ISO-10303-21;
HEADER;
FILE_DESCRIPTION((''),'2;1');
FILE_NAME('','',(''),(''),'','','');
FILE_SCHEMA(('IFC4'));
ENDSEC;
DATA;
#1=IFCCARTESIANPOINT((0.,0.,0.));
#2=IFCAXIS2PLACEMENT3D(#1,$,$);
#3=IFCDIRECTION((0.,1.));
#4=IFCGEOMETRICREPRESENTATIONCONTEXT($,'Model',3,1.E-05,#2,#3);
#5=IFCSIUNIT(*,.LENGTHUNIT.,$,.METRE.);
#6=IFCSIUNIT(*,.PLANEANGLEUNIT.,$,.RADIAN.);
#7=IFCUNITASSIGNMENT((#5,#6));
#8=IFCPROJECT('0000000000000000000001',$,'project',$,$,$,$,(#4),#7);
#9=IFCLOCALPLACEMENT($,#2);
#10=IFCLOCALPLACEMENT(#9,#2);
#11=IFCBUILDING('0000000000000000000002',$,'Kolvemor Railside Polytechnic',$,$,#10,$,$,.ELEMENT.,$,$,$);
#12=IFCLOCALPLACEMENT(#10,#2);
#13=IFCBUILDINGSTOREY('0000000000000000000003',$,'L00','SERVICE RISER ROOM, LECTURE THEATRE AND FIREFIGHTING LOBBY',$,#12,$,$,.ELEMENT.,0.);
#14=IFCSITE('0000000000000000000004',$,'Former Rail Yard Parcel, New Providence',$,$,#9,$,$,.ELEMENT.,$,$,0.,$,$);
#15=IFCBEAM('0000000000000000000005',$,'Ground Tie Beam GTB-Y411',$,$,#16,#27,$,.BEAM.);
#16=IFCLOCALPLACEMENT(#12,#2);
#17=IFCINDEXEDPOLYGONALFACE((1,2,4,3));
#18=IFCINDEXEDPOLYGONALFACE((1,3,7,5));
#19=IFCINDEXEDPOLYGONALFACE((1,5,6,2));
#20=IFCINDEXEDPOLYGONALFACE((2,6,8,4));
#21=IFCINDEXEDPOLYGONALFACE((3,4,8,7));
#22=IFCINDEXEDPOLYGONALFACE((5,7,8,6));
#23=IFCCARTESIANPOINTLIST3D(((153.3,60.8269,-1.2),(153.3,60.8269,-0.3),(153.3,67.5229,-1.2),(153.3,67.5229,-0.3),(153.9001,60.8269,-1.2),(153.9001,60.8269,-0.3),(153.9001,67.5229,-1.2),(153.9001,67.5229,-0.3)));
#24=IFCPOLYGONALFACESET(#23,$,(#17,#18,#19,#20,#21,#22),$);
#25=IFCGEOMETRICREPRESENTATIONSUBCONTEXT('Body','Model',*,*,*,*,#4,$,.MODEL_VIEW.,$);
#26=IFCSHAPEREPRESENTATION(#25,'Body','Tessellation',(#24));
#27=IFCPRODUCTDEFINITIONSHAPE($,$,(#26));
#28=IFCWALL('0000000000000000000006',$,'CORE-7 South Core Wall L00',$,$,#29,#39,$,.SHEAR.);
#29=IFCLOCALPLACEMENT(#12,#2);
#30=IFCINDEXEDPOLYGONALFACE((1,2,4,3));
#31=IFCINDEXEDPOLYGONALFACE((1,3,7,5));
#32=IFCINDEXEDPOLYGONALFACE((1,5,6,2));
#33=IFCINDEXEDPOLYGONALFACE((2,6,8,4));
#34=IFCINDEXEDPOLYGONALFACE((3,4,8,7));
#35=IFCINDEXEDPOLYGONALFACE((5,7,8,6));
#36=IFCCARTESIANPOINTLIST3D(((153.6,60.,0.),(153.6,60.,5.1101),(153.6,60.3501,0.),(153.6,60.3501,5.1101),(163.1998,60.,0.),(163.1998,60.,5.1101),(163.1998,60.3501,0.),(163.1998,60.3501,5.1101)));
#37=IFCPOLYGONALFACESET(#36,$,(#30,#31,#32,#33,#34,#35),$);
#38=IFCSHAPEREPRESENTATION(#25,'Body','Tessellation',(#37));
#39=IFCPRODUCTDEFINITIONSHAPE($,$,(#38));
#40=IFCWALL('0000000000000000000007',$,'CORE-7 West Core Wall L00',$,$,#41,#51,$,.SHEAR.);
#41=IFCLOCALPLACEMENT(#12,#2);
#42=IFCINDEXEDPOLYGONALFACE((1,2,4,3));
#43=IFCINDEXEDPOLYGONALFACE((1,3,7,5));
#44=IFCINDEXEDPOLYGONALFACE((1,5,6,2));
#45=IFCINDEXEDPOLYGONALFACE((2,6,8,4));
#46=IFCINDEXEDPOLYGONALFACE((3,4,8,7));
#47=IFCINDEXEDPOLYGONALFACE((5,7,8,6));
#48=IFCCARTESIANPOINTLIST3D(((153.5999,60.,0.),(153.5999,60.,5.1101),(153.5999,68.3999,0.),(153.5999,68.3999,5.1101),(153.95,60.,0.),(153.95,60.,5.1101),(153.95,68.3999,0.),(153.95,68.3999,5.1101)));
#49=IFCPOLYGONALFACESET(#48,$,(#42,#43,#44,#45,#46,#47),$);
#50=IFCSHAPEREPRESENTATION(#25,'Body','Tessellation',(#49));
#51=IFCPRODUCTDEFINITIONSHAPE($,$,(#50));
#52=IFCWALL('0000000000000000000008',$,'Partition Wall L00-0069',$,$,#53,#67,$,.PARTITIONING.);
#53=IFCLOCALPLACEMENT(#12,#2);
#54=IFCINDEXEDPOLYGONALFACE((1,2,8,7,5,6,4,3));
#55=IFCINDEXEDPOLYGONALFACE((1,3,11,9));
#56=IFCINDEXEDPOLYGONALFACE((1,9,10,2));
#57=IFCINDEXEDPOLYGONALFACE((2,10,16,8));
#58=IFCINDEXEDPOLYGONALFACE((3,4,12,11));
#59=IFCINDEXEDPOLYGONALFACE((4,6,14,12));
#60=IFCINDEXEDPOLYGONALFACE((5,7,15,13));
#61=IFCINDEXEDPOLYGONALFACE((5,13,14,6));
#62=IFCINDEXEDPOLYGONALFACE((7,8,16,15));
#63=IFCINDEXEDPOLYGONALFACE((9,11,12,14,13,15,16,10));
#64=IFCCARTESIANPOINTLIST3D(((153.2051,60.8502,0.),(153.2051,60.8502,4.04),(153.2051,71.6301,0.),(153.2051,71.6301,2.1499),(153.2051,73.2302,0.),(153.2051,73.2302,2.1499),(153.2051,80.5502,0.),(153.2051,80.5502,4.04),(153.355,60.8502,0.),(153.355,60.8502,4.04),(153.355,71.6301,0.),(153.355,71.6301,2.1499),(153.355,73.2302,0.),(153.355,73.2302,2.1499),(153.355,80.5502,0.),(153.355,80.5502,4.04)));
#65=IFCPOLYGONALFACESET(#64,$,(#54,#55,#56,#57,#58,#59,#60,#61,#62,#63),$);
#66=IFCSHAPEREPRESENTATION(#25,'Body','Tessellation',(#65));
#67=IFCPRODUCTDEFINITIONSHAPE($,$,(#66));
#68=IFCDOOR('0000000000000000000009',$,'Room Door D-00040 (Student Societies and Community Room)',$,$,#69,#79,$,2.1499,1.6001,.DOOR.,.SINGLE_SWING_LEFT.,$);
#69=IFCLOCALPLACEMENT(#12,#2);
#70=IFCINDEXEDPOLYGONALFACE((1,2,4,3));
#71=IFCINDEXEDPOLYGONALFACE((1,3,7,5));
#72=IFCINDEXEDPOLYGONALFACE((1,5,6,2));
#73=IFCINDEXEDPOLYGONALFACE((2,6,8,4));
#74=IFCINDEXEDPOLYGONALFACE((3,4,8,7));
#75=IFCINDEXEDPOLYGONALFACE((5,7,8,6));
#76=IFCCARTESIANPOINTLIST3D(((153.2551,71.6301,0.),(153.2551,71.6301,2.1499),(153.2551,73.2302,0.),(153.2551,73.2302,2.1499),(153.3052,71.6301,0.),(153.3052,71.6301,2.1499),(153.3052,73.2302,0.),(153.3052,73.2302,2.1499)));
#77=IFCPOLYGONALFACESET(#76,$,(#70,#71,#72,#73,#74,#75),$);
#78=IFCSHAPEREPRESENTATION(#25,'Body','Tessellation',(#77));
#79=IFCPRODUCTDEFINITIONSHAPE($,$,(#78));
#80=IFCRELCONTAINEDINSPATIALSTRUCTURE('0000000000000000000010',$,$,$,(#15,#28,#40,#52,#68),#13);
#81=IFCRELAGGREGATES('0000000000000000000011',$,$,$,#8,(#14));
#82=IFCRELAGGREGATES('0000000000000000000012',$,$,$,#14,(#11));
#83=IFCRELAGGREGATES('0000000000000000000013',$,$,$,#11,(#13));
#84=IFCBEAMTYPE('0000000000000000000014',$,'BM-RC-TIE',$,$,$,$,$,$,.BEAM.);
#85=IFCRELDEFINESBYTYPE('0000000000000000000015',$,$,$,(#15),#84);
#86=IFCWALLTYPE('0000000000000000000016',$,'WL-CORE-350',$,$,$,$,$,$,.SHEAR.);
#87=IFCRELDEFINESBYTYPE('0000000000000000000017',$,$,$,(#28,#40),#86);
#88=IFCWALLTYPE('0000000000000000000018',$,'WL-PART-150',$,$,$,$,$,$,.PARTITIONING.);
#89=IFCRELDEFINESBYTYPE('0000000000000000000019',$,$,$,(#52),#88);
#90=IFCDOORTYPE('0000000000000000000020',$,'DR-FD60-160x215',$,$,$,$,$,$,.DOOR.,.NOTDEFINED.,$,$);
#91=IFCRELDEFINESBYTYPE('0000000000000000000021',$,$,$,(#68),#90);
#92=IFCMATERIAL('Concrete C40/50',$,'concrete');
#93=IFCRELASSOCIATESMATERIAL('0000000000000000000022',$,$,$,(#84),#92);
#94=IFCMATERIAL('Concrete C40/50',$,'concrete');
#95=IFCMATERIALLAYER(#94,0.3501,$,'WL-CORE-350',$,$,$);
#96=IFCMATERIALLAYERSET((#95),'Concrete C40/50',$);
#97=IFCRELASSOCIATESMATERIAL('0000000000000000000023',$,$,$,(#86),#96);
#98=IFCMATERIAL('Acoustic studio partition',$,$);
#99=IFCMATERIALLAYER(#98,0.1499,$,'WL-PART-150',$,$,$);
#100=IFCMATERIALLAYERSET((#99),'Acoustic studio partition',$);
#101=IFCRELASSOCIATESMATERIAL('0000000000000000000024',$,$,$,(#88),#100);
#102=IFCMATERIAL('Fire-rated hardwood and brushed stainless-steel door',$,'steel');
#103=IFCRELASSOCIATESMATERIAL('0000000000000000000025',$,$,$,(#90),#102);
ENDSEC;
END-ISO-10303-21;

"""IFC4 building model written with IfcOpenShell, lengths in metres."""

from ifc_helpers import new_model, si_unit, direction, frame, frame_2d, origin, origin_2d, place, context, subcontext, project, spatial, rectangle, extrude, material, layer, layer_set, material_profile, profile_set, type_object, element, fill, save


model = new_model("IFC4")

# Units and contexts
model_context = context("Model", 3, precision=1e-05, world=origin(), true_north=direction((0.0, 1.0)))
body_context = subcontext(model_context, "Body", "Model", "MODEL_VIEW")
ifc_project = project(units=[si_unit("LENGTHUNIT", "METRE"), si_unit("PLANEANGLEUNIT", "RADIAN")], contexts=[model_context])

# Site, building, storey
site_placement = place(None, origin())
site = spatial("IfcSite", under=ifc_project, at=site_placement, Name="Former Rail Yard Parcel, New Providence", CompositionType="ELEMENT", RefElevation=0.0)
building_placement = place(site_placement, origin())
building = spatial("IfcBuilding", under=site, at=building_placement, Name="Kolvemor Railside Polytechnic", CompositionType="ELEMENT")
storey_placement = place(building_placement, origin())
storey = spatial("IfcBuildingStorey", under=building, at=storey_placement, Name="L00", Description="SERVICE RISER ROOM, LECTURE THEATRE AND FIREFIGHTING LOBBY", CompositionType="ELEMENT", Elevation=0.0)

# Beam
ifc_material_1 = material(Name="Concrete C40/50", Category="concrete")
ifc_material_profile_1 = material_profile(ifc_material_1, rectangle(XDim=0.6001, YDim=0.8999, at=origin_2d()), Name="RC600x900")
ifc_profile_set_1 = profile_set([ifc_material_profile_1], Name="Concrete C40/50")
beam_type_1 = type_object("IfcBeamType", Name="BM-RC-TIE", PredefinedType="BEAM", material=ifc_profile_set_1)
beam_1_placement = place(storey_placement, frame((153.6001, 60.8269, -0.75), z_axis=(0.0, 1.0, 0.0), x_axis=(-1.0, 0.0, 0.0)))
element("IfcBeam", 1, at=beam_1_placement, inside=storey, type_object=beam_type_1, Name="Ground Tie Beam GTB-Y411", PredefinedType="BEAM", context=body_context, shape_type="SweptSolid", body=[
    extrude(rectangle(XDim=0.6001, YDim=0.8999, at=origin_2d()), origin(), (0.0, 0.0, 1.0), 6.696),
])

# Walls
ifc_material_2 = material(Name="Concrete C40/50", Category="concrete")
ifc_layer_1 = layer(ifc_material_2, 0.3501, Name="WL-CORE-350")
ifc_layer_set_1 = layer_set([ifc_layer_1], Name="Concrete C40/50")
wall_type_1 = type_object("IfcWallType", Name="WL-CORE-350", PredefinedType="SHEAR", material=ifc_layer_set_1)
wall_1_placement = place(storey_placement, frame((153.6001, 60.175, 0.0), z_axis=(0.0, 0.0, 1.0), x_axis=(1.0, 0.0, 0.0)))
element("IfcWall", 2, at=wall_1_placement, inside=storey, type_object=wall_type_1, Name="CORE-7 South Core Wall L00", PredefinedType="SHEAR", context=body_context, shape_type="SweptSolid", body=[
    extrude(rectangle(XDim=9.5999, YDim=0.3501, at=frame_2d((4.7998, 0.0))), origin(), (0.0, 0.0, 1.0), 5.1101),
])
wall_2_placement = place(storey_placement, frame((153.7749, 60.0, 0.0), z_axis=(0.0, 0.0, 1.0), x_axis=(0.0, 1.0, 0.0)))
element("IfcWall", 3, at=wall_2_placement, inside=storey, type_object=wall_type_1, Name="CORE-7 West Core Wall L00", PredefinedType="SHEAR", context=body_context, shape_type="SweptSolid", body=[
    extrude(rectangle(XDim=8.3999, YDim=0.3501, at=frame_2d((4.2, 0.0))), origin(), (0.0, 0.0, 1.0), 5.1101),
])

# Wall, opening, door
ifc_material_3 = material(Name="Acoustic studio partition")
ifc_layer_2 = layer(ifc_material_3, 0.1499, Name="WL-PART-150")
ifc_layer_set_2 = layer_set([ifc_layer_2], Name="Acoustic studio partition")
wall_type_2 = type_object("IfcWallType", Name="WL-PART-150", PredefinedType="PARTITIONING", material=ifc_layer_set_2)
wall_3_placement = place(storey_placement, frame((153.28, 60.8501, 0.0), z_axis=(0.0, 0.0, 1.0), x_axis=(0.0, 1.0, 0.0)))
wall_3 = element("IfcWall", 4, at=wall_3_placement, inside=storey, type_object=wall_type_2, Name="Partition Wall L00-0069", PredefinedType="PARTITIONING", context=body_context, shape_type="SweptSolid", body=[
    extrude(rectangle(XDim=19.7, YDim=0.1499, at=frame_2d((9.8501, 0.0))), origin(), (0.0, 0.0, 1.0), 4.04),
])
opening_placement = place(wall_3_placement, frame((10.78, 0.0, 0.0)))
opening = element("IfcOpeningElement", 5, at=opening_placement, cuts=wall_3, PredefinedType="OPENING", context=body_context, shape_type="SweptSolid", body=[
    extrude(rectangle(XDim=1.6001, YDim=2.1499, at=frame_2d((0.8, 1.075))), frame((0.0, 0.085, 0.0), z_axis=(0.0, -1.0, 0.0), x_axis=(1.0, 0.0, 0.0)), (0.0, 0.0, 1.0), 0.1699),
])
ifc_material_4 = material(Name="Fire-rated hardwood and brushed stainless-steel door", Category="steel")
door_type = type_object("IfcDoorType", Name="DR-FD60-160x215", OperationType="NOTDEFINED", PredefinedType="DOOR", material=ifc_material_4)
door_placement = place(opening_placement, origin())
door = element("IfcDoor", 6, at=door_placement, inside=storey, type_object=door_type, Name="Room Door D-00040 (Student Societies and Community Room)", OperationType="SINGLE_SWING_LEFT", OverallHeight=2.1499, OverallWidth=1.6001, PredefinedType="DOOR", context=body_context, shape_type="SweptSolid", body=[
    extrude(rectangle(XDim=1.6001, YDim=2.1499, at=frame_2d((0.8, 1.075))), frame((0.0, 0.0249, 0.0), z_axis=(0.0, -1.0, 0.0), x_axis=(1.0, 0.0, 0.0)), (0.0, 0.0, 1.0), 0.05),
])
fill(opening, door)

save(model, "model.ifc")
